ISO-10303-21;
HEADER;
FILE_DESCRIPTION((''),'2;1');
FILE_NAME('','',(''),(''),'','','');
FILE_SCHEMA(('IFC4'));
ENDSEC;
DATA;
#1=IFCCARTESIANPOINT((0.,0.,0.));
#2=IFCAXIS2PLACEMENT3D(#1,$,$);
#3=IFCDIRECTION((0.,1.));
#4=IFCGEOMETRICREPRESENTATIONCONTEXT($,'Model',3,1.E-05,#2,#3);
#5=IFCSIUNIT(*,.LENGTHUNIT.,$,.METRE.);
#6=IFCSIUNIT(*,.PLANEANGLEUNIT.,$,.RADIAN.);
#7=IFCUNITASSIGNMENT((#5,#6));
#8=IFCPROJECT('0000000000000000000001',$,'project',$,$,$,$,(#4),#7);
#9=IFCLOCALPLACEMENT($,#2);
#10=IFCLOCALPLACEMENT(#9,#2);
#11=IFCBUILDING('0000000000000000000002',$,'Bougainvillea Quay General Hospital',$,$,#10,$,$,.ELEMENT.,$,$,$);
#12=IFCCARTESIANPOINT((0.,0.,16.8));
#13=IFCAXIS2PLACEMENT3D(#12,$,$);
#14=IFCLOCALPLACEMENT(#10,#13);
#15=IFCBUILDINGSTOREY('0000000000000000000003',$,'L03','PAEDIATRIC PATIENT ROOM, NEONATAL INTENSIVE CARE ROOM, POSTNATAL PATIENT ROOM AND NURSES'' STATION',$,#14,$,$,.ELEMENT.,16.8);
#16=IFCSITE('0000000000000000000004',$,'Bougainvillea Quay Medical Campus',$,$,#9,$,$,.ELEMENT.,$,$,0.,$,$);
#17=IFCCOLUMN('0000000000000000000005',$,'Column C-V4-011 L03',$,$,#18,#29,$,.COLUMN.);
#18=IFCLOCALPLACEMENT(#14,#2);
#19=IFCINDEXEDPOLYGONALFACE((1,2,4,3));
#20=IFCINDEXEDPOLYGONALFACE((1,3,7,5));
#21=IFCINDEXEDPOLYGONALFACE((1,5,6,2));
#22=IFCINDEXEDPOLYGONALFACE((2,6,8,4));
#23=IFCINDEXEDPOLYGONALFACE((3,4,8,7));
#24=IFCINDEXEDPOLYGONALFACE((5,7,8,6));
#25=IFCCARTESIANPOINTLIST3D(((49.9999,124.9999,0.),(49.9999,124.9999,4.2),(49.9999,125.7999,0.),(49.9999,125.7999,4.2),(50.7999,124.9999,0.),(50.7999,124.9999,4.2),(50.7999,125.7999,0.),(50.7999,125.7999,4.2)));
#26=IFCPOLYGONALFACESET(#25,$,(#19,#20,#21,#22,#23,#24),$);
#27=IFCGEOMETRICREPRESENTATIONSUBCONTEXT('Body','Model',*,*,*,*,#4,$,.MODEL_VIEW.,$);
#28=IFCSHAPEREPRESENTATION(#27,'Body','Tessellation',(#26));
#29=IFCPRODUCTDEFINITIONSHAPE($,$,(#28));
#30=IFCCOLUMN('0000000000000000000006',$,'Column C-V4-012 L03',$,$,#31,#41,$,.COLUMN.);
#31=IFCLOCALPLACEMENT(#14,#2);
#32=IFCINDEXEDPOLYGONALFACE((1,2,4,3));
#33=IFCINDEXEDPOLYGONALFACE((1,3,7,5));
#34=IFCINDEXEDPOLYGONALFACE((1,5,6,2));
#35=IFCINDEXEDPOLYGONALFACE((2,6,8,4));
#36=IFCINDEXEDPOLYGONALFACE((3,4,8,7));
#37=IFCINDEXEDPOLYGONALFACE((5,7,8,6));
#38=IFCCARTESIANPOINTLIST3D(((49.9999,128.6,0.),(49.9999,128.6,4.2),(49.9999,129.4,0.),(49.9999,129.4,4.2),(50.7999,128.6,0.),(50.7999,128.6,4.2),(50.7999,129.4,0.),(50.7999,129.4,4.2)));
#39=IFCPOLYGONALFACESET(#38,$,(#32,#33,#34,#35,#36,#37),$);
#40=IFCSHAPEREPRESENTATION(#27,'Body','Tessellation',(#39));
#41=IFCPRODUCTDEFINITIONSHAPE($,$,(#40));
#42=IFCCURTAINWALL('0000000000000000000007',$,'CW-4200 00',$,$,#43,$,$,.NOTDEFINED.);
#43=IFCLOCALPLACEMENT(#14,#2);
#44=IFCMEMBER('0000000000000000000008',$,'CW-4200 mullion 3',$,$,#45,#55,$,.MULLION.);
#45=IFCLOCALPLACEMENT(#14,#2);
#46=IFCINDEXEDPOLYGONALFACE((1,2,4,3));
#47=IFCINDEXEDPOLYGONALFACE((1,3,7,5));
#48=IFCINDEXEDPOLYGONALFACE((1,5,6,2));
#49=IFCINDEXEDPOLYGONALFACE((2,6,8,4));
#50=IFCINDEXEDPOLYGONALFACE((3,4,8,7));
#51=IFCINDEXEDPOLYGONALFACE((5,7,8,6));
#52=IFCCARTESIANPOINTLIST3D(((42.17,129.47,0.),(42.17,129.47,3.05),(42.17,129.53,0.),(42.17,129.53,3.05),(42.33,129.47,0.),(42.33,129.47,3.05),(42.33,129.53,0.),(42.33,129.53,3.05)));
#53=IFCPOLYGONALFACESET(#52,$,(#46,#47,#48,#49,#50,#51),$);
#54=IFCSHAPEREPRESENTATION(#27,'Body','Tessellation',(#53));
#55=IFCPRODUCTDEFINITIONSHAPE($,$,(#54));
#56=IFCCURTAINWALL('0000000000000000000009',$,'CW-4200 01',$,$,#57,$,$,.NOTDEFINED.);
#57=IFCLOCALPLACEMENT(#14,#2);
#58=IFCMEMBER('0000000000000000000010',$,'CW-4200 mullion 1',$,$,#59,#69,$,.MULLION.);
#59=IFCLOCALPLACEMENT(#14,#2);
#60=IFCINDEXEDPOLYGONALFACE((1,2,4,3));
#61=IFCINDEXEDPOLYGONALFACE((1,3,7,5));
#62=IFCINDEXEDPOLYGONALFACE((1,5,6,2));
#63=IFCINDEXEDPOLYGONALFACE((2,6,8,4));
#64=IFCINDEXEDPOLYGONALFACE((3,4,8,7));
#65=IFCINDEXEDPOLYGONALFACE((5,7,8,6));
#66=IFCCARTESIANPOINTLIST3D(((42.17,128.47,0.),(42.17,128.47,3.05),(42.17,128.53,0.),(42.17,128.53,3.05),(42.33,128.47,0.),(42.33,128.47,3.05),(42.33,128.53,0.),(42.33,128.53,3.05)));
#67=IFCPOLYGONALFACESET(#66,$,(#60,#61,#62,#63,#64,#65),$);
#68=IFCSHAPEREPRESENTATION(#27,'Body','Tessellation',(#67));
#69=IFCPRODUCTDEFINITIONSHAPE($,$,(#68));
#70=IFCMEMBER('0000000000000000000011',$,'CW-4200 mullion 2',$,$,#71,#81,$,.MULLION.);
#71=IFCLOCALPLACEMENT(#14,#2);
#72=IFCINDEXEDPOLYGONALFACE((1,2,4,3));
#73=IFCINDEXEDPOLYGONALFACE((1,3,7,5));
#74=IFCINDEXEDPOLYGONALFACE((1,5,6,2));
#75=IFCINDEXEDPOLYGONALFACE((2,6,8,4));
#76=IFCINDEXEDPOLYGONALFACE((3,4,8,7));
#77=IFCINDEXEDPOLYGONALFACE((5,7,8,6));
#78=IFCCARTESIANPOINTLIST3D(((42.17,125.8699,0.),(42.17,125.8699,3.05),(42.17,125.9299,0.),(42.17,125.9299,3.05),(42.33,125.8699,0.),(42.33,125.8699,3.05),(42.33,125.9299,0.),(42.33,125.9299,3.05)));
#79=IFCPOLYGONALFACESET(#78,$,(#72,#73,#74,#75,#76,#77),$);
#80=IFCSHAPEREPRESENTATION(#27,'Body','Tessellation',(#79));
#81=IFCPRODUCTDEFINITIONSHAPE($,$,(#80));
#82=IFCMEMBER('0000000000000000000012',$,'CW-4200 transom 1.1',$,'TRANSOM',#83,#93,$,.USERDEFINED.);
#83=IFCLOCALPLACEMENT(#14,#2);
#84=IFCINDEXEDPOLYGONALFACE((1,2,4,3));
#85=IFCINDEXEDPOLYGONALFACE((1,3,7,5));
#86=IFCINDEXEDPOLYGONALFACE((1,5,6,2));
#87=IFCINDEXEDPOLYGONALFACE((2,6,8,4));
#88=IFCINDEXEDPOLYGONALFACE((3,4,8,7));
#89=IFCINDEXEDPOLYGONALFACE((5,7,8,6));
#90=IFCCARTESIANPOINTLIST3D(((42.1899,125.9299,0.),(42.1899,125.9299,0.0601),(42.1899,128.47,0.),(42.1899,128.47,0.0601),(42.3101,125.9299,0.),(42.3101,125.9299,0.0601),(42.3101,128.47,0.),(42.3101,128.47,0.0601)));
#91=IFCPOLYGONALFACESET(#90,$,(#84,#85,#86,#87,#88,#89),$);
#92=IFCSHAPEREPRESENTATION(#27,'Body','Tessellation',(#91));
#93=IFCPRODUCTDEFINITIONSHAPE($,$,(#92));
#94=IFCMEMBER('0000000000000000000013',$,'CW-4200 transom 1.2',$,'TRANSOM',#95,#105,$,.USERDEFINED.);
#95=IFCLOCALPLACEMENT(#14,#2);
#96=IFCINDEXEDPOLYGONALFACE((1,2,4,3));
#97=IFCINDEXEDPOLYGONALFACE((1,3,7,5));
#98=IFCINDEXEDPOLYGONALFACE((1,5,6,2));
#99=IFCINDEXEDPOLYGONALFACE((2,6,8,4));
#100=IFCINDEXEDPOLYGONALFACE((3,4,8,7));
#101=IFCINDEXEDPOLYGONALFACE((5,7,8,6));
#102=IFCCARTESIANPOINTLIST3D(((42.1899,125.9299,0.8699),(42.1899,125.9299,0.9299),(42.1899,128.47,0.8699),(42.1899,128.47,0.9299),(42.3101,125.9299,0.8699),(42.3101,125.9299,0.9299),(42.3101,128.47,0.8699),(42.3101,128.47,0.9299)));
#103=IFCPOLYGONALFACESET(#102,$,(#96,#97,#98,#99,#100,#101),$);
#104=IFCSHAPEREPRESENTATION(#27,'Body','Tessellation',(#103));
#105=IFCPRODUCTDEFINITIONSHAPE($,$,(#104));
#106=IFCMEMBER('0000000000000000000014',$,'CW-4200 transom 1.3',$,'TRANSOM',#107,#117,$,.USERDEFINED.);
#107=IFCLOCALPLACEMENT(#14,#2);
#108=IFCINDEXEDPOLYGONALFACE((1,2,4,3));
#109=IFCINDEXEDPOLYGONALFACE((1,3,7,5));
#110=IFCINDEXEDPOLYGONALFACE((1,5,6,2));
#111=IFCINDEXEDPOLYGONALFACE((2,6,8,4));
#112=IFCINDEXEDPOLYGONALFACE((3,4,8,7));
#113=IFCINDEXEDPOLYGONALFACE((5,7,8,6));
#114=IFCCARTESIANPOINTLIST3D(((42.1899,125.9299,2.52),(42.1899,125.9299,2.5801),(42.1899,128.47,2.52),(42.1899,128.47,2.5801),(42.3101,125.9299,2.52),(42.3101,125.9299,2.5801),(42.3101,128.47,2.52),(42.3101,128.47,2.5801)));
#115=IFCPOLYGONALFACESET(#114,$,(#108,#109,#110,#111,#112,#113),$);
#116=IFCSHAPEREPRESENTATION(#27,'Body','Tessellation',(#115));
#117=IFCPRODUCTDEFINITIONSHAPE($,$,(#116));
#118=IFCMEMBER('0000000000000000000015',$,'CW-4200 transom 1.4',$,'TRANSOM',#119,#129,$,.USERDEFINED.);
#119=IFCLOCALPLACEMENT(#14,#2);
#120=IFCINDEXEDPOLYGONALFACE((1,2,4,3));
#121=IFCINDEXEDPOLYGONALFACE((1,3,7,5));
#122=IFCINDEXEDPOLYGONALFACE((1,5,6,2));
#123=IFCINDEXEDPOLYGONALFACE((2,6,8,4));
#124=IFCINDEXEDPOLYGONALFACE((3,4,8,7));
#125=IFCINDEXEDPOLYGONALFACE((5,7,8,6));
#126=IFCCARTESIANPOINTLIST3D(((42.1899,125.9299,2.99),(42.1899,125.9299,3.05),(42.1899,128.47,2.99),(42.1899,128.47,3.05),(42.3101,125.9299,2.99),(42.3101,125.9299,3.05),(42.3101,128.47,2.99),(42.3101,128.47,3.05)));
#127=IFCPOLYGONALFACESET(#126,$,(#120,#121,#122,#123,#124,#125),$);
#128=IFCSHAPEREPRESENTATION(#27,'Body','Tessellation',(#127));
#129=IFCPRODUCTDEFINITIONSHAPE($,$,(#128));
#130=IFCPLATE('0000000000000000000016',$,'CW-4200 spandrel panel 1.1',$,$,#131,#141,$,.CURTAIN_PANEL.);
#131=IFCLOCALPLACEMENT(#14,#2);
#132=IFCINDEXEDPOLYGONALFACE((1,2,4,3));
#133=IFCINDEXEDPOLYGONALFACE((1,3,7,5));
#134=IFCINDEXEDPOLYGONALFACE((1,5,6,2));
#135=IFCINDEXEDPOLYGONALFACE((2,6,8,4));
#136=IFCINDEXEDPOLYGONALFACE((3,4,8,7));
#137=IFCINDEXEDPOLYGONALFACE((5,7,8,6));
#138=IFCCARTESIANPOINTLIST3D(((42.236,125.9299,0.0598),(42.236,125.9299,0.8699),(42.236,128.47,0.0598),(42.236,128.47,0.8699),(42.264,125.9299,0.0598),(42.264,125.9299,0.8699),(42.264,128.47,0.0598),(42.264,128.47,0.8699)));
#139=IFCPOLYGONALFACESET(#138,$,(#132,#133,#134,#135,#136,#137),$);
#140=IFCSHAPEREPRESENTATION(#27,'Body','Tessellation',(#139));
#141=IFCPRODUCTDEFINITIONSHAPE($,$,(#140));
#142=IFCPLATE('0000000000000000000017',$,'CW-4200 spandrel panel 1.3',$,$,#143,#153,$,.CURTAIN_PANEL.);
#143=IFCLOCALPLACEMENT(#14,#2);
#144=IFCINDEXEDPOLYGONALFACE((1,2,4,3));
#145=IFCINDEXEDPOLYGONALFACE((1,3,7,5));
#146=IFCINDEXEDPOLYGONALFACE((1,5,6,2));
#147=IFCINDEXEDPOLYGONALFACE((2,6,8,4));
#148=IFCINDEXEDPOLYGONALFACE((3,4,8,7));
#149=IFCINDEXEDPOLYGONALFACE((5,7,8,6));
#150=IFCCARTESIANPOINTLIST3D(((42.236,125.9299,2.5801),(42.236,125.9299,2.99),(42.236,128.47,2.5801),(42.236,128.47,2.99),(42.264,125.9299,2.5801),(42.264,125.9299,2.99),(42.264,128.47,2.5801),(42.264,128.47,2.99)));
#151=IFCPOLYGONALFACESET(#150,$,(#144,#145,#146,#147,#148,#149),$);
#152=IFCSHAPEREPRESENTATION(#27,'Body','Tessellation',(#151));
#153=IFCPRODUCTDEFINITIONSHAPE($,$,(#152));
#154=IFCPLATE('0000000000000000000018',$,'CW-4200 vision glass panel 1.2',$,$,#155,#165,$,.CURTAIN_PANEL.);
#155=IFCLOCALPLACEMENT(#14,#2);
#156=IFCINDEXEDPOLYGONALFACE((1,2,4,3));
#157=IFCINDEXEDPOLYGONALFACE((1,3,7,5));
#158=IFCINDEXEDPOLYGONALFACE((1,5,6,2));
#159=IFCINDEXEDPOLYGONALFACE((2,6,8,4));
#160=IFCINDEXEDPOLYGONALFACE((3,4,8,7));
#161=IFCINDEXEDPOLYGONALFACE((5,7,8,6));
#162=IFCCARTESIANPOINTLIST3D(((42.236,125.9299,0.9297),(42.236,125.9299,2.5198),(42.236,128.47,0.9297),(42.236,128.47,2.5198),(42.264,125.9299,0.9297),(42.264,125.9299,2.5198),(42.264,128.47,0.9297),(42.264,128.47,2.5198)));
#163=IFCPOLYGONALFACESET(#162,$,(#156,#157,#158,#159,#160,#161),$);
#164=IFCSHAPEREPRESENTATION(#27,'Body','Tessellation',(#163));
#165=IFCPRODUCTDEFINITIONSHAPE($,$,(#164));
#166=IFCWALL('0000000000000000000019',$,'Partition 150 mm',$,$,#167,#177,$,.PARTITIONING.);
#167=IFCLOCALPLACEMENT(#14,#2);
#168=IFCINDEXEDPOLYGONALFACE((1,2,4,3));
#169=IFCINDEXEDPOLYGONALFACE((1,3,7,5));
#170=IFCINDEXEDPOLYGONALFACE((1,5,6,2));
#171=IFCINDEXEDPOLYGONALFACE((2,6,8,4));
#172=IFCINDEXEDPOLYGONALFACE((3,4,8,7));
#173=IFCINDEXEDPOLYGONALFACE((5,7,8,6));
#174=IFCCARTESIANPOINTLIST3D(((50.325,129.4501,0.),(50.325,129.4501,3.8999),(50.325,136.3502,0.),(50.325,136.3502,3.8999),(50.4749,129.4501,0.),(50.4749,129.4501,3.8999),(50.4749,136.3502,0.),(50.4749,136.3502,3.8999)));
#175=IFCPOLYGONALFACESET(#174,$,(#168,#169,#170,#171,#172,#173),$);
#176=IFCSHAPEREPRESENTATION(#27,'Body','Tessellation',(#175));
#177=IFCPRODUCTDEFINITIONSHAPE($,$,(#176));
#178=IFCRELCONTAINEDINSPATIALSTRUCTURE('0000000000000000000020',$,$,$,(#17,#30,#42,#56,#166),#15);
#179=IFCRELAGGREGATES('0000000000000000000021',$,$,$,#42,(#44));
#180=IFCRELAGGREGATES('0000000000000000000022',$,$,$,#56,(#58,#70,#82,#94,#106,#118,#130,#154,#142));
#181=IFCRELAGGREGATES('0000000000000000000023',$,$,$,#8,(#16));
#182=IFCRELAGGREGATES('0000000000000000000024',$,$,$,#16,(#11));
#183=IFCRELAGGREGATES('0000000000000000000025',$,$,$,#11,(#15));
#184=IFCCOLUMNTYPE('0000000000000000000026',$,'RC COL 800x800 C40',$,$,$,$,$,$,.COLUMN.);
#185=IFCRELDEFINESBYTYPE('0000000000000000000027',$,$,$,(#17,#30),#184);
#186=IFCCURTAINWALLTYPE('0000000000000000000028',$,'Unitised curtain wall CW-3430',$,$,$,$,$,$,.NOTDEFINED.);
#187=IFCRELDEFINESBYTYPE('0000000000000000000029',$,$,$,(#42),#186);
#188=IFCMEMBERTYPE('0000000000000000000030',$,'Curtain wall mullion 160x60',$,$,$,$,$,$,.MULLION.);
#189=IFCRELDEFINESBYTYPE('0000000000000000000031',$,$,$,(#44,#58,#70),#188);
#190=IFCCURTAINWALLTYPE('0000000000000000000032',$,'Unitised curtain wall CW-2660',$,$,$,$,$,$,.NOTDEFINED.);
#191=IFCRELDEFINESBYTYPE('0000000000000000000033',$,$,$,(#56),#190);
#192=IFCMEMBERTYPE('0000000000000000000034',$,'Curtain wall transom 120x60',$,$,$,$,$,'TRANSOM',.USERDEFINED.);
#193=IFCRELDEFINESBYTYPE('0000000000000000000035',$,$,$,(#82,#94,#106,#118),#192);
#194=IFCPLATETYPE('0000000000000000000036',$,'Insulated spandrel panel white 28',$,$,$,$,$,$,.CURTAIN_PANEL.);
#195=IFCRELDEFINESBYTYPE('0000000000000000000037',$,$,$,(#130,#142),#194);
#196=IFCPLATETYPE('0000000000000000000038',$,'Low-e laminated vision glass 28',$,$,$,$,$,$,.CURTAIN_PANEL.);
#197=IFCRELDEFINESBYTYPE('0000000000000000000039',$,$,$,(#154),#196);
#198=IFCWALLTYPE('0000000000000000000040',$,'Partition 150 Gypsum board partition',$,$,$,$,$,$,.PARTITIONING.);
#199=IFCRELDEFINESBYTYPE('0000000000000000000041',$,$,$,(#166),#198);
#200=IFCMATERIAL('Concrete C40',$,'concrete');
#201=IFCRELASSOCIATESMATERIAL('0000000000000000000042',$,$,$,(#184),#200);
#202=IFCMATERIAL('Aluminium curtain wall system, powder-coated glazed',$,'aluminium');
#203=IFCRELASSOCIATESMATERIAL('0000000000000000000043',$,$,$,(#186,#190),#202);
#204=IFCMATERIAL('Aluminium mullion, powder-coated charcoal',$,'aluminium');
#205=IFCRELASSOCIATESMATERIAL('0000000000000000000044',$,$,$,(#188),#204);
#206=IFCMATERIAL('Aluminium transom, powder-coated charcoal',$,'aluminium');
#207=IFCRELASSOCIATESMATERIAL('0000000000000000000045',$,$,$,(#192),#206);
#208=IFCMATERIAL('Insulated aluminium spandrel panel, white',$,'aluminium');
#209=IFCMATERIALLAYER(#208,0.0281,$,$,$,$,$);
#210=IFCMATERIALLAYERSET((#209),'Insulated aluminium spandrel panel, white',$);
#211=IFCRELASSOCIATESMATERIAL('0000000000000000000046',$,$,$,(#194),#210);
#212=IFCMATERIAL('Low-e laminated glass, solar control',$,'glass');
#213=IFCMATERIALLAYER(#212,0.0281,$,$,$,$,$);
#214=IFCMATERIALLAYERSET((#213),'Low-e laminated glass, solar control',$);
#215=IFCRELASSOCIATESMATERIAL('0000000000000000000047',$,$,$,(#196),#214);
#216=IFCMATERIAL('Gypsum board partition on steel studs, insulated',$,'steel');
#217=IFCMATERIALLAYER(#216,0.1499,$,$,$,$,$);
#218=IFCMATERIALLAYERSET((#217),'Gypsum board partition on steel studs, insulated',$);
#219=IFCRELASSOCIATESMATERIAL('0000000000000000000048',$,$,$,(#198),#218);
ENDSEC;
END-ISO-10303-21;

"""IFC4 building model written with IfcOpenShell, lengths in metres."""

from ifc_helpers import new_model, si_unit, direction, frame, frame_2d, origin, origin_2d, place, context, subcontext, project, spatial, rectangle, extrude, material, layer, layer_set, material_profile, profile_set, type_object, element, aggregate, save


model = new_model("IFC4")

# Units and contexts
model_context = context("Model", 3, precision=1e-05, world=origin(), true_north=direction((0.0, 1.0)))
body_context = subcontext(model_context, "Body", "Model", "MODEL_VIEW")
ifc_project = project(units=[si_unit("LENGTHUNIT", "METRE"), si_unit("PLANEANGLEUNIT", "RADIAN")], contexts=[model_context])

# Site, building, storey
site_placement = place(None, origin())
site = spatial("IfcSite", under=ifc_project, at=site_placement, Name="Bougainvillea Quay Medical Campus", CompositionType="ELEMENT", RefElevation=0.0)
building_placement = place(site_placement, origin())
building = spatial("IfcBuilding", under=site, at=building_placement, Name="Bougainvillea Quay General Hospital", CompositionType="ELEMENT")
storey_placement = place(building_placement, frame((0.0, 0.0, 16.8)))
storey = spatial("IfcBuildingStorey", under=building, at=storey_placement, Name="L03", Description="PAEDIATRIC PATIENT ROOM, NEONATAL INTENSIVE CARE ROOM, POSTNATAL PATIENT ROOM AND NURSES' STATION", CompositionType="ELEMENT", Elevation=16.8)

# Columns
ifc_material_1 = material(Name="Concrete C40", Category="concrete")
ifc_material_profile_1 = material_profile(ifc_material_1, rectangle(XDim=0.8, YDim=0.8, at=origin_2d()))
ifc_profile_set_1 = profile_set([ifc_material_profile_1], Name="Concrete C40")
column_type = type_object("IfcColumnType", Name="RC COL 800x800 C40", PredefinedType="COLUMN", material=ifc_profile_set_1)
for number, where, z_axis, x_axis, name in (
    (1, (50.3999, 125.3999, 0.0), (0.0, 0.0, 1.0), (1.0, 0.0, 0.0), "Column C-V4-011 L03"),
    (2, (50.3999, 129.0, 0.0), (0.0, 0.0, 1.0), (1.0, 0.0, 0.0), "Column C-V4-012 L03"),
):
    element("IfcColumn", number, at=place(storey_placement, frame(where, z_axis=z_axis, x_axis=x_axis)), inside=storey, type_object=column_type, Name=name, PredefinedType="COLUMN", context=body_context, shape_type="SweptSolid", body=[
        extrude(rectangle(XDim=0.8, YDim=0.8, at=origin_2d()), origin(), (0.0, 0.0, 1.0), 4.2),
    ])

# Curtain wall, member
ifc_material_2 = material(Name="Aluminium curtain wall system, powder-coated glazed", Category="aluminium")
curtain_wall_type_1 = type_object("IfcCurtainWallType", Name="Unitised curtain wall CW-3430", PredefinedType="NOTDEFINED", material=ifc_material_2)
curtain_wall_1_placement = place(storey_placement, origin())
curtain_wall_1 = element("IfcCurtainWall", 3, at=curtain_wall_1_placement, inside=storey, type_object=curtain_wall_type_1, Name="CW-4200 00", PredefinedType="NOTDEFINED")
ifc_material_3 = material(Name="Aluminium mullion, powder-coated charcoal", Category="aluminium")
ifc_material_profile_2 = material_profile(ifc_material_3, rectangle(XDim=0.1599, YDim=0.0601, at=origin_2d()))
ifc_profile_set_2 = profile_set([ifc_material_profile_2], Name="Aluminium mullion, powder-coated charcoal")
member_type_1 = type_object("IfcMemberType", Name="Curtain wall mullion 160x60", PredefinedType="MULLION", material=ifc_profile_set_2)
member_1_placement = place(storey_placement, frame((42.25, 129.5, 0.0), z_axis=(0.0, 0.0, 1.0), x_axis=(1.0, 0.0, 0.0)))
member_1 = element("IfcMember", 4, at=member_1_placement, type_object=member_type_1, Name="CW-4200 mullion 3", PredefinedType="MULLION", context=body_context, shape_type="SweptSolid", body=[
    extrude(rectangle(XDim=0.1599, YDim=0.0601, at=origin_2d()), origin(), (0.0, 0.0, 1.0), 3.05),
])
aggregate(curtain_wall_1, [member_1])

# Curtain wall, members, plates
curtain_wall_type_2 = type_object("IfcCurtainWallType", Name="Unitised curtain wall CW-2660", PredefinedType="NOTDEFINED", material=ifc_material_2)
curtain_wall_2_placement = place(storey_placement, origin())
curtain_wall_2 = element("IfcCurtainWall", 5, at=curtain_wall_2_placement, inside=storey, type_object=curtain_wall_type_2, Name="CW-4200 01", PredefinedType="NOTDEFINED")
member_2_placement = place(storey_placement, frame((42.25, 128.5, 0.0), z_axis=(0.0, 0.0, 1.0), x_axis=(1.0, 0.0, 0.0)))
member_2 = element("IfcMember", 6, at=member_2_placement, type_object=member_type_1, Name="CW-4200 mullion 1", PredefinedType="MULLION", context=body_context, shape_type="SweptSolid", body=[
    extrude(rectangle(XDim=0.1599, YDim=0.0601, at=origin_2d()), origin(), (0.0, 0.0, 1.0), 3.05),
])
member_3_placement = place(storey_placement, frame((42.25, 125.8999, 0.0), z_axis=(0.0, 0.0, 1.0), x_axis=(1.0, 0.0, 0.0)))
member_3 = element("IfcMember", 7, at=member_3_placement, type_object=member_type_1, Name="CW-4200 mullion 2", PredefinedType="MULLION", context=body_context, shape_type="SweptSolid", body=[
    extrude(rectangle(XDim=0.1599, YDim=0.0601, at=origin_2d()), origin(), (0.0, 0.0, 1.0), 3.05),
])
ifc_material_4 = material(Name="Aluminium transom, powder-coated charcoal", Category="aluminium")
ifc_material_profile_3 = material_profile(ifc_material_4, rectangle(XDim=0.1201, YDim=0.0601, at=origin_2d()))
ifc_profile_set_3 = profile_set([ifc_material_profile_3], Name="Aluminium transom, powder-coated charcoal")
member_type_2 = type_object("IfcMemberType", Name="Curtain wall transom 120x60", ElementType="TRANSOM", PredefinedType="USERDEFINED", material=ifc_profile_set_3)
member_4_placement = place(storey_placement, frame((42.25, 128.47, 0.03), z_axis=(0.0, -1.0, 0.0), x_axis=(1.0, 0.0, 0.0)))
member_4 = element("IfcMember", 8, at=member_4_placement, type_object=member_type_2, Name="CW-4200 transom 1.1", ObjectType="TRANSOM", PredefinedType="USERDEFINED", context=body_context, shape_type="SweptSolid", body=[
    extrude(rectangle(XDim=0.1201, YDim=0.0601, at=origin_2d()), origin(), (0.0, 0.0, 1.0), 2.54),
])
member_5_placement = place(storey_placement, frame((42.25, 128.47, 0.8999), z_axis=(0.0, -1.0, 0.0), x_axis=(1.0, 0.0, 0.0)))
member_5 = element("IfcMember", 9, at=member_5_placement, type_object=member_type_2, Name="CW-4200 transom 1.2", ObjectType="TRANSOM", PredefinedType="USERDEFINED", context=body_context, shape_type="SweptSolid", body=[
    extrude(rectangle(XDim=0.1201, YDim=0.0601, at=origin_2d()), origin(), (0.0, 0.0, 1.0), 2.54),
])
member_6_placement = place(storey_placement, frame((42.25, 128.47, 2.55), z_axis=(0.0, -1.0, 0.0), x_axis=(1.0, 0.0, 0.0)))
member_6 = element("IfcMember", 10, at=member_6_placement, type_object=member_type_2, Name="CW-4200 transom 1.3", ObjectType="TRANSOM", PredefinedType="USERDEFINED", context=body_context, shape_type="SweptSolid", body=[
    extrude(rectangle(XDim=0.1201, YDim=0.0601, at=origin_2d()), origin(), (0.0, 0.0, 1.0), 2.54),
])
member_7_placement = place(storey_placement, frame((42.25, 128.47, 3.02), z_axis=(0.0, -1.0, 0.0), x_axis=(1.0, 0.0, 0.0)))
member_7 = element("IfcMember", 11, at=member_7_placement, type_object=member_type_2, Name="CW-4200 transom 1.4", ObjectType="TRANSOM", PredefinedType="USERDEFINED", context=body_context, shape_type="SweptSolid", body=[
    extrude(rectangle(XDim=0.1201, YDim=0.0601, at=origin_2d()), origin(), (0.0, 0.0, 1.0), 2.54),
])
ifc_material_5 = material(Name="Insulated aluminium spandrel panel, white", Category="aluminium")
ifc_layer_1 = layer(ifc_material_5, 0.0281)
ifc_layer_set_1 = layer_set([ifc_layer_1], Name="Insulated aluminium spandrel panel, white")
plate_type_1 = type_object("IfcPlateType", Name="Insulated spandrel panel white 28", PredefinedType="CURTAIN_PANEL", material=ifc_layer_set_1)
plate_1_placement = place(storey_placement, frame((42.25, 127.2, 0.0598), z_axis=(0.0, 0.0, 1.0), x_axis=(0.0, -1.0, 0.0)))
plate_1 = element("IfcPlate", 12, at=plate_1_placement, type_object=plate_type_1, Name="CW-4200 spandrel panel 1.1", PredefinedType="CURTAIN_PANEL", context=body_context, shape_type="SweptSolid", body=[
    extrude(rectangle(XDim=2.54, YDim=0.0281, at=origin_2d()), origin(), (0.0, 0.0, 1.0), 0.8101),
])
plate_2_placement = place(storey_placement, frame((42.25, 127.2, 2.5801), z_axis=(0.0, 0.0, 1.0), x_axis=(0.0, -1.0, 0.0)))
plate_2 = element("IfcPlate", 13, at=plate_2_placement, type_object=plate_type_1, Name="CW-4200 spandrel panel 1.3", PredefinedType="CURTAIN_PANEL", context=body_context, shape_type="SweptSolid", body=[
    extrude(rectangle(XDim=2.54, YDim=0.0281, at=origin_2d()), origin(), (0.0, 0.0, 1.0), 0.4099),
])
ifc_material_6 = material(Name="Low-e laminated glass, solar control", Category="glass")
ifc_layer_2 = layer(ifc_material_6, 0.0281)
ifc_layer_set_2 = layer_set([ifc_layer_2], Name="Low-e laminated glass, solar control")
plate_type_2 = type_object("IfcPlateType", Name="Low-e laminated vision glass 28", PredefinedType="CURTAIN_PANEL", material=ifc_layer_set_2)
plate_3_placement = place(storey_placement, frame((42.25, 127.2, 0.9297), z_axis=(0.0, 0.0, 1.0), x_axis=(0.0, -1.0, 0.0)))
plate_3 = element("IfcPlate", 14, at=plate_3_placement, type_object=plate_type_2, Name="CW-4200 vision glass panel 1.2", PredefinedType="CURTAIN_PANEL", context=body_context, shape_type="SweptSolid", body=[
    extrude(rectangle(XDim=2.54, YDim=0.0281, at=origin_2d()), origin(), (0.0, 0.0, 1.0), 1.5901),
])
aggregate(curtain_wall_2, [member_2, member_3, member_4, member_5, member_6, member_7, plate_1, plate_3, plate_2])

# Wall
ifc_material_7 = material(Name="Gypsum board partition on steel studs, insulated", Category="steel")
ifc_layer_3 = layer(ifc_material_7, 0.1499)
ifc_layer_set_3 = layer_set([ifc_layer_3], Name="Gypsum board partition on steel studs, insulated")
wall_type_1 = type_object("IfcWallType", Name="Partition 150 Gypsum board partition", PredefinedType="PARTITIONING", material=ifc_layer_set_3)
wall_1_placement = place(storey_placement, frame((50.3999, 129.45, 0.0), z_axis=(0.0, 0.0, 1.0), x_axis=(0.0, 1.0, 0.0)))
element("IfcWall", 15, at=wall_1_placement, inside=storey, type_object=wall_type_1, Name="Partition 150 mm", PredefinedType="PARTITIONING", context=body_context, shape_type="SweptSolid", body=[
    extrude(rectangle(XDim=6.9001, YDim=0.1499, at=frame_2d((3.4502, 0.0))), origin(), (0.0, 0.0, 1.0), 3.8999),
])

save(model, "model.ifc")
